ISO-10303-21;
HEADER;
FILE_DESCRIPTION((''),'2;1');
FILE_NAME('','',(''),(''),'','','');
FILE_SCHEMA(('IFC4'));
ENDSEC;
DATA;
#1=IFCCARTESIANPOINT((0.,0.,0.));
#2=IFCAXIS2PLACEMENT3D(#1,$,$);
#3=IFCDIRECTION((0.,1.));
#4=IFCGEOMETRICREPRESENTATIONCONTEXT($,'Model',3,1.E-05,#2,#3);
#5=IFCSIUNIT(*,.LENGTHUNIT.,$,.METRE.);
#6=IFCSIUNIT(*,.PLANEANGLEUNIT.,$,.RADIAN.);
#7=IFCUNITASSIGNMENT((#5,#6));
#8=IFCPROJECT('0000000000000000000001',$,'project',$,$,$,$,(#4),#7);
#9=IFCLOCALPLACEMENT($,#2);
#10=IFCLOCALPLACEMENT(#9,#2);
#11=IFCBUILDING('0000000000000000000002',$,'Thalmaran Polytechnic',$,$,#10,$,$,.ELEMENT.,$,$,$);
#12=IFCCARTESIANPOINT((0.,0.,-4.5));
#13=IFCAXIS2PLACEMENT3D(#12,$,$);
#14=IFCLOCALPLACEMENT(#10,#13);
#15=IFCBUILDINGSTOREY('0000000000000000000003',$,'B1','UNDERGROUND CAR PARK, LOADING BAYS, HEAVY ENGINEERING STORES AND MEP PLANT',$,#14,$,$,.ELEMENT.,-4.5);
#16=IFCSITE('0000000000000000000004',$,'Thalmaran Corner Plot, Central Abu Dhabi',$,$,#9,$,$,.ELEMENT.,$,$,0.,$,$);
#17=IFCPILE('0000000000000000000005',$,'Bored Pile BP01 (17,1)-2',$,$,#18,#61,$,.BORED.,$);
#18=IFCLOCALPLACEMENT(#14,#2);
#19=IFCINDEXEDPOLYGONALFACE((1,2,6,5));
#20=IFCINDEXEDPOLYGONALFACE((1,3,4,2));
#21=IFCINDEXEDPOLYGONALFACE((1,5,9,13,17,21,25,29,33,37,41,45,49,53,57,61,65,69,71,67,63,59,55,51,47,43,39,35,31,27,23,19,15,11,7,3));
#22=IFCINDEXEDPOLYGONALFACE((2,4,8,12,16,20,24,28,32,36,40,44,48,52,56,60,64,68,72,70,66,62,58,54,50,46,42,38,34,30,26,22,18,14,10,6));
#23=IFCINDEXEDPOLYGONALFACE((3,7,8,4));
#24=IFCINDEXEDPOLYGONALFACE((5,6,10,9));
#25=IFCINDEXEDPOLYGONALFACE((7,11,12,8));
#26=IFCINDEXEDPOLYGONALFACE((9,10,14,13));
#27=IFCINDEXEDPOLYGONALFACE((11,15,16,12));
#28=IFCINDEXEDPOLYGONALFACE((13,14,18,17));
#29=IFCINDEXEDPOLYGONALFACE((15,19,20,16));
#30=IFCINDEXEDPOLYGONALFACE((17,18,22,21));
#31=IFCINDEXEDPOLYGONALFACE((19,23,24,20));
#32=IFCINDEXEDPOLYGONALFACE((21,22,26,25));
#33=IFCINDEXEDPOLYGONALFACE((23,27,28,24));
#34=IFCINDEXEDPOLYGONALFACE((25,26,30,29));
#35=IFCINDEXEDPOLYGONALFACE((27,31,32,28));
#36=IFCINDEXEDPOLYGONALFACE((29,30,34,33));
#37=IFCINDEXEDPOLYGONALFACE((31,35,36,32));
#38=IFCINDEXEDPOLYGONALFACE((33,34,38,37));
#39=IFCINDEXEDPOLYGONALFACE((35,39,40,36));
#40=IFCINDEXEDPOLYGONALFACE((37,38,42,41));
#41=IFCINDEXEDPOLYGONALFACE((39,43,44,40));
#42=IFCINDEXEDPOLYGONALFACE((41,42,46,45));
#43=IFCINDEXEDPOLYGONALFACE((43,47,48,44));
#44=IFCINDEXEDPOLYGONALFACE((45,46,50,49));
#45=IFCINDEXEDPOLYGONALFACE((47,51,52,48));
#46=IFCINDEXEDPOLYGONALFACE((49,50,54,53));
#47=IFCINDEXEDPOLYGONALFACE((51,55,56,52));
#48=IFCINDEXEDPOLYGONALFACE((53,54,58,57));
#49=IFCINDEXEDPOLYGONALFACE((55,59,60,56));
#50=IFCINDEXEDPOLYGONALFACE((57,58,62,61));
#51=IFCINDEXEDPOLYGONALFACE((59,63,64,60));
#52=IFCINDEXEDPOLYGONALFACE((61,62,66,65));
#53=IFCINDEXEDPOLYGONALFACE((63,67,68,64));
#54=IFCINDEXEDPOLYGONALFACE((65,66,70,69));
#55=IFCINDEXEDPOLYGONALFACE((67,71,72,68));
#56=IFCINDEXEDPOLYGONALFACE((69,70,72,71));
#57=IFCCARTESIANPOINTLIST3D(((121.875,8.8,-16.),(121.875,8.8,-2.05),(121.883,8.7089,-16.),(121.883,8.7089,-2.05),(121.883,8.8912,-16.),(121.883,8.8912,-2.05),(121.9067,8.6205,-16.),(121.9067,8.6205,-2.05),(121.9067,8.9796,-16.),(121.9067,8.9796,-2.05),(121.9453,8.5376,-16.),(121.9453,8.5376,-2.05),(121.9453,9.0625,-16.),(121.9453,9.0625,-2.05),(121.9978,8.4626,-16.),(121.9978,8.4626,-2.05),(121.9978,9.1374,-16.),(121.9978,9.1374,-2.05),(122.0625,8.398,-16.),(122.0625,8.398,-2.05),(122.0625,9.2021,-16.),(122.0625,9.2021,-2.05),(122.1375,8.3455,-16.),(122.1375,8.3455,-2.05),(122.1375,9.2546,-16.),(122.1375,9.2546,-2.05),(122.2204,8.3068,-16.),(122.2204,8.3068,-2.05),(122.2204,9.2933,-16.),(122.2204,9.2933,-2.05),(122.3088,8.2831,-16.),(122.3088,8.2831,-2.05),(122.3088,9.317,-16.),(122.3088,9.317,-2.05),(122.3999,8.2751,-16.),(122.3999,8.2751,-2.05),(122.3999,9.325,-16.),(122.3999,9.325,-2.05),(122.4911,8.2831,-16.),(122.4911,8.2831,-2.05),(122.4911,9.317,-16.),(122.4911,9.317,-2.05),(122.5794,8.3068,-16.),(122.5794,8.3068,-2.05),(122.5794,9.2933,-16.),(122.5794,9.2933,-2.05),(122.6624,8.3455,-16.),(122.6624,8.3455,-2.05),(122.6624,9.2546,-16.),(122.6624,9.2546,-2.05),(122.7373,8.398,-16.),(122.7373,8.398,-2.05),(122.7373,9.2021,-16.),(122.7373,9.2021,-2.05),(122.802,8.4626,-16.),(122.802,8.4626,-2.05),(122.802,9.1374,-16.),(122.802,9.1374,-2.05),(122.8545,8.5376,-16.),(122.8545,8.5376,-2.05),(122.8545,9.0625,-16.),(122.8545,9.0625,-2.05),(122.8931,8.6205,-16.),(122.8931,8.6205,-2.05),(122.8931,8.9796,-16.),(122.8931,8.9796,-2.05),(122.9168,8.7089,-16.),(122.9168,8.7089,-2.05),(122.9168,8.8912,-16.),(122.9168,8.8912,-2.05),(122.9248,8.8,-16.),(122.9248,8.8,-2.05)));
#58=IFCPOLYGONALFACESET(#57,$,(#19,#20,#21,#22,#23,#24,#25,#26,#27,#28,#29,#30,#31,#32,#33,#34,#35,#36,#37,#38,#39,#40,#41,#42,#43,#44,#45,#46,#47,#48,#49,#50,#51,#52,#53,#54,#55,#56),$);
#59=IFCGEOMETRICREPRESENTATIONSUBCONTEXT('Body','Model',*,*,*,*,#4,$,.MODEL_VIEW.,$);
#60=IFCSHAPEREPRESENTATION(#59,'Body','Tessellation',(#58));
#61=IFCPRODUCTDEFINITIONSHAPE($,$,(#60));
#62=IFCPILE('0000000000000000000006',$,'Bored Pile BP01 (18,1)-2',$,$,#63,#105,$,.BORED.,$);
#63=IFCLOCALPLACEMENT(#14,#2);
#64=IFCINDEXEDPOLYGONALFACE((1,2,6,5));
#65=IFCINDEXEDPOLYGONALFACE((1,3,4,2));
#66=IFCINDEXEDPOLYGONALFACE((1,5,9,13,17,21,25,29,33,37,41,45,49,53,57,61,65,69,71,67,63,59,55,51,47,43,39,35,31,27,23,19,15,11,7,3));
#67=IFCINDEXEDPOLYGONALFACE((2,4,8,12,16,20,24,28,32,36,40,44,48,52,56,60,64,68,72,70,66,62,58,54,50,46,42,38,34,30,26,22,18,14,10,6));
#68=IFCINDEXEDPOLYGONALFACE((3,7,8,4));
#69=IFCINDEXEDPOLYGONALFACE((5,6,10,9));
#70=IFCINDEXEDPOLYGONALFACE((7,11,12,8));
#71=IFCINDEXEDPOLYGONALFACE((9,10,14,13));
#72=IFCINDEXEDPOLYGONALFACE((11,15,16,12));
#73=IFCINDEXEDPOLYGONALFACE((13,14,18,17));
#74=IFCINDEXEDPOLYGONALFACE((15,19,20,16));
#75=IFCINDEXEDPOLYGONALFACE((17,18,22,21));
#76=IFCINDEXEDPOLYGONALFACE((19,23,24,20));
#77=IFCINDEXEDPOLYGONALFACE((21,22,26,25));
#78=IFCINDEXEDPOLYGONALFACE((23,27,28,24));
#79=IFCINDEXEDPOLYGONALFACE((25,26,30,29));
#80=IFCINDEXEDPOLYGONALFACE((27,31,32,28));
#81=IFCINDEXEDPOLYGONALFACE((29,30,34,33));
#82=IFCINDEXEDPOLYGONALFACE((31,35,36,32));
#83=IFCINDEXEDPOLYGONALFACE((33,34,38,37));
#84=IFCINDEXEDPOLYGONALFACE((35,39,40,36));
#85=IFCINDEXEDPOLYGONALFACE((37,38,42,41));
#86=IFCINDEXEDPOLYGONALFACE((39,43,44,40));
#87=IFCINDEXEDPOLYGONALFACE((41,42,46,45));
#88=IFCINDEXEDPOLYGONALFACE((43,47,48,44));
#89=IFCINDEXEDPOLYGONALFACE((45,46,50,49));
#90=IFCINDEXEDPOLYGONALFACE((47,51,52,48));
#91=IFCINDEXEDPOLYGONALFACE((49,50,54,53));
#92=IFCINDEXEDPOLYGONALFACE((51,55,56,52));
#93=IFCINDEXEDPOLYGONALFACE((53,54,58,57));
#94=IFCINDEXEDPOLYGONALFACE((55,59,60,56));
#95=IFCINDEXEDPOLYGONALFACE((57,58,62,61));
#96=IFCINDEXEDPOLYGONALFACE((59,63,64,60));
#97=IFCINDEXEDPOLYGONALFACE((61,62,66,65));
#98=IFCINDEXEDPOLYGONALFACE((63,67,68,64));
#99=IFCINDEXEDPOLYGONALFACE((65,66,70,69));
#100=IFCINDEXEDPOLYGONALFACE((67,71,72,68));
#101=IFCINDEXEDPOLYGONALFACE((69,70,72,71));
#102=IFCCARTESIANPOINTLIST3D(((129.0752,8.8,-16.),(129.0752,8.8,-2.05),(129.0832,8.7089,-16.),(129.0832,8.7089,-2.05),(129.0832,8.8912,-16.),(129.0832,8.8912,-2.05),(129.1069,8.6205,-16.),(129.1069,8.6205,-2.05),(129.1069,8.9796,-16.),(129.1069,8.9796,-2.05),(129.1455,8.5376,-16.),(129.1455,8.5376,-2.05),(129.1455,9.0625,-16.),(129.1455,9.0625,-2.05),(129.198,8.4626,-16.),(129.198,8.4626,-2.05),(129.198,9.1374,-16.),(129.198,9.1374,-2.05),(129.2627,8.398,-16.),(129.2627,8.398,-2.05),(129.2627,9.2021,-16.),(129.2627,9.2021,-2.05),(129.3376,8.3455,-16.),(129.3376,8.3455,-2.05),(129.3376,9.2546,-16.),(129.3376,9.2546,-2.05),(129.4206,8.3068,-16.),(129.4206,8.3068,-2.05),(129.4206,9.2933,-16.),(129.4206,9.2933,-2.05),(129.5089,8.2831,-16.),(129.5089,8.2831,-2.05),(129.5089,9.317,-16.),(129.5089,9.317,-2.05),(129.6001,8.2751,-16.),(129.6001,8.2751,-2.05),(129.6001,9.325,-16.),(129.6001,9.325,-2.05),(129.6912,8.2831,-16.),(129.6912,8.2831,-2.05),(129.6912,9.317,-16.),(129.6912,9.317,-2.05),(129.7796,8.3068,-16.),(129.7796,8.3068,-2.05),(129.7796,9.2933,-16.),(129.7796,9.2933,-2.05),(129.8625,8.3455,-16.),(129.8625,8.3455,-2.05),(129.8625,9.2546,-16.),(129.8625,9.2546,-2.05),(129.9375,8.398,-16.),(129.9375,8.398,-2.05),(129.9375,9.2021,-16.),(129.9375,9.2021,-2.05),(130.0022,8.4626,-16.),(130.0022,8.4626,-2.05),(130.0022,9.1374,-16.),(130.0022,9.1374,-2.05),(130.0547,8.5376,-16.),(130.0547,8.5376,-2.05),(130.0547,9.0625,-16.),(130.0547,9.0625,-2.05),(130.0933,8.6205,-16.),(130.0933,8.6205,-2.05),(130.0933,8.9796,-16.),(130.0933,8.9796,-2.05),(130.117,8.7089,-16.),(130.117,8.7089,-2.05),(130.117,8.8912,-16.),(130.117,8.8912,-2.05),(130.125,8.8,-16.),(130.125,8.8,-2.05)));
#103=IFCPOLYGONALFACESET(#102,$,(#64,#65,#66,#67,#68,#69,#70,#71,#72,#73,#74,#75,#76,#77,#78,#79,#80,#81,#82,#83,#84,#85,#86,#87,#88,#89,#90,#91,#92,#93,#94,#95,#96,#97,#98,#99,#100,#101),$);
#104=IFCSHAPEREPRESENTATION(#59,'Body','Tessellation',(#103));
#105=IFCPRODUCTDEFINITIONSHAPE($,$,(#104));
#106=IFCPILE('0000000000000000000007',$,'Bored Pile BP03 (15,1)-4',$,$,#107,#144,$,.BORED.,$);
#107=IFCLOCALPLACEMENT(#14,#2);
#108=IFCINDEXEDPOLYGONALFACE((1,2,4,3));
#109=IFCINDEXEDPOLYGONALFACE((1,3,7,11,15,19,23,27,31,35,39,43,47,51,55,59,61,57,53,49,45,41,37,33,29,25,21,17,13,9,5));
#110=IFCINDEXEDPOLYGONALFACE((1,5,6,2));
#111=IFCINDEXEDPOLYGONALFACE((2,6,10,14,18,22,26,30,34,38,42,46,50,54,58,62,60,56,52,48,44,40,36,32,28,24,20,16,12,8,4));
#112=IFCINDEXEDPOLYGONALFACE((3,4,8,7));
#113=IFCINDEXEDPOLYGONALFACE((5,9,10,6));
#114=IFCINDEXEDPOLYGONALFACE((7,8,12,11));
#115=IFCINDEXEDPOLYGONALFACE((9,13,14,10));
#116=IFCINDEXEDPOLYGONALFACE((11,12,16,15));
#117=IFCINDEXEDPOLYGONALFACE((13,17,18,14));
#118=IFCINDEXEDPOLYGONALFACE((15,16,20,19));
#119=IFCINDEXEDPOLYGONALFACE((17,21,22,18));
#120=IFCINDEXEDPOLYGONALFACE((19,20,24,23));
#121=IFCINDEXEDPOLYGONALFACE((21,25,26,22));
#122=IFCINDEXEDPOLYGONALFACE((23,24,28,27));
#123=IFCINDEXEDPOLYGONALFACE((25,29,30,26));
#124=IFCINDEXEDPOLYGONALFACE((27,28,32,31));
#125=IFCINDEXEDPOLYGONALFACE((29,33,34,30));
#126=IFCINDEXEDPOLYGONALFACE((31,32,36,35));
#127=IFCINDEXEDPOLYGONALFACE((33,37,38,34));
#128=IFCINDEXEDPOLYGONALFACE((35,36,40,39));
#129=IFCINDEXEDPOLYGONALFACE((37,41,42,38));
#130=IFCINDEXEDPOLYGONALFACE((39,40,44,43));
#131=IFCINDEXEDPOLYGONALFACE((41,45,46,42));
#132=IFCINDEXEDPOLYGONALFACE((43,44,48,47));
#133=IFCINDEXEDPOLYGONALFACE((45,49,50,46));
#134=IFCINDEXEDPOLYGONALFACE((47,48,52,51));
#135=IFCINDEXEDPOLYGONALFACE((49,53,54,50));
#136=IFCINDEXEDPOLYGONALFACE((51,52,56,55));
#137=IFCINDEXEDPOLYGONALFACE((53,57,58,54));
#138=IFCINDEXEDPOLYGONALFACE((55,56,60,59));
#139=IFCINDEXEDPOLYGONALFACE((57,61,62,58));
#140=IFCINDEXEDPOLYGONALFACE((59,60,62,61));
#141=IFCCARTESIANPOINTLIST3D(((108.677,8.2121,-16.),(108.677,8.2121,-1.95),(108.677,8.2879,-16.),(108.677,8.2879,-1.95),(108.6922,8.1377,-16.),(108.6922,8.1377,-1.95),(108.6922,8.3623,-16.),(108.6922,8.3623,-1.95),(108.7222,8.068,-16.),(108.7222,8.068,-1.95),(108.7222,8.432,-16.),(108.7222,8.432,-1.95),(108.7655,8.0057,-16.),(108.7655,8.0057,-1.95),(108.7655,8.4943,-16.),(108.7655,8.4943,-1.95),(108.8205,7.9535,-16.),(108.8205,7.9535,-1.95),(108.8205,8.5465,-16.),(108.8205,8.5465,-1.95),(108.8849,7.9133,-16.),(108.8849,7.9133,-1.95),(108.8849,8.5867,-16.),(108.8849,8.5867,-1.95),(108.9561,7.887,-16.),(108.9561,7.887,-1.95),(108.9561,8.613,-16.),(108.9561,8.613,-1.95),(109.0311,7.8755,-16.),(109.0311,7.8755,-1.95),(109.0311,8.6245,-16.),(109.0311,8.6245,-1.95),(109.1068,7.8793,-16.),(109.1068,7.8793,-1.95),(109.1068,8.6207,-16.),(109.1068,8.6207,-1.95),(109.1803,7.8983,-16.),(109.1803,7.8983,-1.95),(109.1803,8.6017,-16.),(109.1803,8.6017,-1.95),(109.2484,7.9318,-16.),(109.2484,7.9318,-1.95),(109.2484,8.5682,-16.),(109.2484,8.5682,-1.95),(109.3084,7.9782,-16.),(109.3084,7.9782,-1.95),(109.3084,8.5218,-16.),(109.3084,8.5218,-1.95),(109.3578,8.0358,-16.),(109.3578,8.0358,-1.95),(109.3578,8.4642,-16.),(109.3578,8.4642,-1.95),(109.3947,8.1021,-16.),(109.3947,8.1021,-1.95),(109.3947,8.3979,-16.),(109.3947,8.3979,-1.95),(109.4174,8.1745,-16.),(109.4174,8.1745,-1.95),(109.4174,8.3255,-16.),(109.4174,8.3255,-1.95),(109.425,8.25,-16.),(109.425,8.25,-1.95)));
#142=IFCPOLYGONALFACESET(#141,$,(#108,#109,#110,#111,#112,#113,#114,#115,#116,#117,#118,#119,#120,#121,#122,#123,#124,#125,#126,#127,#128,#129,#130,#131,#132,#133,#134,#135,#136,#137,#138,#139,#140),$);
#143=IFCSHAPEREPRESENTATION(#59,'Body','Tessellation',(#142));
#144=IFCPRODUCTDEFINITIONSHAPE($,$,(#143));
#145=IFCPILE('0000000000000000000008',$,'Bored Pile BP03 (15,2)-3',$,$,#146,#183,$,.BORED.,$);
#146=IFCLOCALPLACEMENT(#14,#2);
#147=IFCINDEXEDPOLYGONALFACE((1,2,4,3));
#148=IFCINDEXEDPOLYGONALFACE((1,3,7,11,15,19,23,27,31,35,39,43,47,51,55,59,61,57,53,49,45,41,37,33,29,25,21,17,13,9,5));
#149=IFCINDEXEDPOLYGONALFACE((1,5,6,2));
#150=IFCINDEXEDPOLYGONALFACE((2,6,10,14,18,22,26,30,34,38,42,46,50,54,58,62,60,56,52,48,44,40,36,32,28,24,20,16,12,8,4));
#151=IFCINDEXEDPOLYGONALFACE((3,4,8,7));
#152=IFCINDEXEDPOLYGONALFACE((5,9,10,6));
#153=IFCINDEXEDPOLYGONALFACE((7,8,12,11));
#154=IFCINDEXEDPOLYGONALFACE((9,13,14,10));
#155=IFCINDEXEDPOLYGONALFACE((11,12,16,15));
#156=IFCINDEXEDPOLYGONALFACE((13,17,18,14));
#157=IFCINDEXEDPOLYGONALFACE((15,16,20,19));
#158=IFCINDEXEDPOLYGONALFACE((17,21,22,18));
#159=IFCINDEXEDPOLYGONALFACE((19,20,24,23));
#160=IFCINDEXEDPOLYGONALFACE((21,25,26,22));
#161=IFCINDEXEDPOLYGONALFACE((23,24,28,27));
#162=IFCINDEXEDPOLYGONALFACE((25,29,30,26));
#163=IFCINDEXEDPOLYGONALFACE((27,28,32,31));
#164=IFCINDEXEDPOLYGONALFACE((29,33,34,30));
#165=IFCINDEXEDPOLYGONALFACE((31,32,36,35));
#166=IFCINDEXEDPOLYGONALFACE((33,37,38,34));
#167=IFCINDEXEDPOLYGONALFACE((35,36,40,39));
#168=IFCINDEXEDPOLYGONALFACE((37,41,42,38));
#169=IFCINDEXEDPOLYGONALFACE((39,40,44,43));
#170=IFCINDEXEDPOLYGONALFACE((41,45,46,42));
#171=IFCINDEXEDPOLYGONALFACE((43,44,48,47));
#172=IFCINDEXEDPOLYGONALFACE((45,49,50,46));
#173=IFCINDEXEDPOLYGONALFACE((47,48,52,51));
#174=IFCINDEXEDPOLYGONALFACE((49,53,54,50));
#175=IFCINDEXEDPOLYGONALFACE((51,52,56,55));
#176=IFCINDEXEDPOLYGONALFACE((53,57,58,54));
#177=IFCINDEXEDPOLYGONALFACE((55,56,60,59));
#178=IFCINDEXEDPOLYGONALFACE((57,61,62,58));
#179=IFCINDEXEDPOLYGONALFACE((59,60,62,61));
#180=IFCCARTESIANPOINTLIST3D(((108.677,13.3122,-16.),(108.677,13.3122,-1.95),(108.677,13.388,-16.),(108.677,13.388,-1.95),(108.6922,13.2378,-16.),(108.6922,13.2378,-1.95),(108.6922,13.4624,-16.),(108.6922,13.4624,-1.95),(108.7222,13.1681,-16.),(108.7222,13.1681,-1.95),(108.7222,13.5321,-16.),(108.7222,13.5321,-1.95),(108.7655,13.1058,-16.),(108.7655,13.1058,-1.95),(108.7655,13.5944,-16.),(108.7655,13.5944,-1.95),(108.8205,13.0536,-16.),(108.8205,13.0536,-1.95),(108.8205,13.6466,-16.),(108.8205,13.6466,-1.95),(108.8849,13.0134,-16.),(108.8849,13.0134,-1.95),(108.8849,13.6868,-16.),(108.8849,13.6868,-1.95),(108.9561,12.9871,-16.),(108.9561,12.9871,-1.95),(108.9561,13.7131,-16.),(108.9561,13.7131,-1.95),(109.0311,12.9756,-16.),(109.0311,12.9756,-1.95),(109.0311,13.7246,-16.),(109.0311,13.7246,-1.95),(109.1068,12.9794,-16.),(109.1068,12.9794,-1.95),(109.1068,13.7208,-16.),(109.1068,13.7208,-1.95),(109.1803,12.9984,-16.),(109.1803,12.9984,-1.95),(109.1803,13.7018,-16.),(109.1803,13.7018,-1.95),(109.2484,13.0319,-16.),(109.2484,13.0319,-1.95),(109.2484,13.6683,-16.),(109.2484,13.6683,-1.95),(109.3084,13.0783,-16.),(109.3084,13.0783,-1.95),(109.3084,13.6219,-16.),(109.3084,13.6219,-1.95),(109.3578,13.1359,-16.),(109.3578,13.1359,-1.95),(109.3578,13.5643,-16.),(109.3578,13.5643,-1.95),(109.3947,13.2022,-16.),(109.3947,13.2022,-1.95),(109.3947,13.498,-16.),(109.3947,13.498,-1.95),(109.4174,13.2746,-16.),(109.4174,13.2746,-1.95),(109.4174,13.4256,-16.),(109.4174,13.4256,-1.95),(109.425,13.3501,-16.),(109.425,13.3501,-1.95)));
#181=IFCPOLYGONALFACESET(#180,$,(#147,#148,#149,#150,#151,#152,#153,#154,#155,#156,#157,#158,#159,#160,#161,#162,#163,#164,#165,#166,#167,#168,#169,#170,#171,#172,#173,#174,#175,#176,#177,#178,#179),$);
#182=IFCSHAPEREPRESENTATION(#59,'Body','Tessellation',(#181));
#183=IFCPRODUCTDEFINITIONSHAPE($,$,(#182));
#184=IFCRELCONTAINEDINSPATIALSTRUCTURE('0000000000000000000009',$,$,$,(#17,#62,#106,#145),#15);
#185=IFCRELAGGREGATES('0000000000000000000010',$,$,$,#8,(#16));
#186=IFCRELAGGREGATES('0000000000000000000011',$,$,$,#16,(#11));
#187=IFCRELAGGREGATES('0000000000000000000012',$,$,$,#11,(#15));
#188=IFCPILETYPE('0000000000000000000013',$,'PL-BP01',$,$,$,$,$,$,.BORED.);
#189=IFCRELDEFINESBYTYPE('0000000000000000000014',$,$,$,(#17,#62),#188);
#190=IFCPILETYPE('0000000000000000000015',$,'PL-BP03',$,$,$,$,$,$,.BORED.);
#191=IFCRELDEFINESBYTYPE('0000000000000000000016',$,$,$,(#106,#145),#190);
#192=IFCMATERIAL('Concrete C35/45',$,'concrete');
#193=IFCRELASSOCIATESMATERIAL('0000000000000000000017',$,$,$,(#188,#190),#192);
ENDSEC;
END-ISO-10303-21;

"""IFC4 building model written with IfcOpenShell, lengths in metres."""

from ifc_helpers import new_model, si_unit, direction, frame, origin, origin_2d, place, context, subcontext, project, spatial, circle, extrude, material, material_profile, profile_set, type_object, element, save


model = new_model("IFC4")

# Units and contexts
model_context = context("Model", 3, precision=1e-05, world=origin(), true_north=direction((0.0, 1.0)))
body_context = subcontext(model_context, "Body", "Model", "MODEL_VIEW")
ifc_project = project(units=[si_unit("LENGTHUNIT", "METRE"), si_unit("PLANEANGLEUNIT", "RADIAN")], contexts=[model_context])

# Site, building, storey
site_placement = place(None, origin())
site = spatial("IfcSite", under=ifc_project, at=site_placement, Name="Thalmaran Corner Plot, Central Abu Dhabi", CompositionType="ELEMENT", RefElevation=0.0)
building_placement = place(site_placement, origin())
building = spatial("IfcBuilding", under=site, at=building_placement, Name="Thalmaran Polytechnic", CompositionType="ELEMENT")
storey_placement = place(building_placement, frame((0.0, 0.0, -4.5)))
storey = spatial("IfcBuildingStorey", under=building, at=storey_placement, Name="B1", Description="UNDERGROUND CAR PARK, LOADING BAYS, HEAVY ENGINEERING STORES AND MEP PLANT", CompositionType="ELEMENT", Elevation=-4.5)

# Piles
ifc_material_1 = material(Name="Concrete C35/45", Category="concrete")
ifc_material_profile_1 = material_profile(ifc_material_1, circle(Radius=0.5249, at=origin_2d()), Name="RC 1050 DIA")
ifc_profile_set_1 = profile_set([ifc_material_profile_1], Name="Concrete C35/45")
pile_type_1 = type_object("IfcPileType", Name="PL-BP01", PredefinedType="BORED", material=ifc_profile_set_1)
for number, where, z_axis, x_axis, name in (
    (1, (122.3999, 8.8, -2.05), (0.0, 0.0, -1.0), (1.0, 0.0, 0.0), "Bored Pile BP01 (17,1)-2"),
    (2, (129.6001, 8.8, -2.05), (0.0, 0.0, -1.0), (1.0, 0.0, 0.0), "Bored Pile BP01 (18,1)-2"),
):
    element("IfcPile", number, at=place(storey_placement, frame(where, z_axis=z_axis, x_axis=x_axis)), inside=storey, type_object=pile_type_1, Name=name, PredefinedType="BORED", context=body_context, shape_type="SweptSolid", body=[
        extrude(circle(Radius=0.5249, at=origin_2d()), origin(), (0.0, 0.0, 1.0), 13.95),
    ])
ifc_material_profile_2 = material_profile(ifc_material_1, circle(Radius=0.375, at=origin_2d()), Name="RC 750 DIA")
ifc_profile_set_2 = profile_set([ifc_material_profile_2], Name="Concrete C35/45")
pile_type_2 = type_object("IfcPileType", Name="PL-BP03", PredefinedType="BORED", material=ifc_profile_set_2)
for number, where, z_axis, x_axis, name in (
    (3, (109.05, 8.25, -1.95), (0.0, 0.0, -1.0), (1.0, 0.0, 0.0), "Bored Pile BP03 (15,1)-4"),
    (4, (109.05, 13.3501, -1.95), (0.0, 0.0, -1.0), (1.0, 0.0, 0.0), "Bored Pile BP03 (15,2)-3"),
):
    element("IfcPile", number, at=place(storey_placement, frame(where, z_axis=z_axis, x_axis=x_axis)), inside=storey, type_object=pile_type_2, Name=name, PredefinedType="BORED", context=body_context, shape_type="SweptSolid", body=[
        extrude(circle(Radius=0.375, at=origin_2d()), origin(), (0.0, 0.0, 1.0), 14.05),
    ])

save(model, "model.ifc")
